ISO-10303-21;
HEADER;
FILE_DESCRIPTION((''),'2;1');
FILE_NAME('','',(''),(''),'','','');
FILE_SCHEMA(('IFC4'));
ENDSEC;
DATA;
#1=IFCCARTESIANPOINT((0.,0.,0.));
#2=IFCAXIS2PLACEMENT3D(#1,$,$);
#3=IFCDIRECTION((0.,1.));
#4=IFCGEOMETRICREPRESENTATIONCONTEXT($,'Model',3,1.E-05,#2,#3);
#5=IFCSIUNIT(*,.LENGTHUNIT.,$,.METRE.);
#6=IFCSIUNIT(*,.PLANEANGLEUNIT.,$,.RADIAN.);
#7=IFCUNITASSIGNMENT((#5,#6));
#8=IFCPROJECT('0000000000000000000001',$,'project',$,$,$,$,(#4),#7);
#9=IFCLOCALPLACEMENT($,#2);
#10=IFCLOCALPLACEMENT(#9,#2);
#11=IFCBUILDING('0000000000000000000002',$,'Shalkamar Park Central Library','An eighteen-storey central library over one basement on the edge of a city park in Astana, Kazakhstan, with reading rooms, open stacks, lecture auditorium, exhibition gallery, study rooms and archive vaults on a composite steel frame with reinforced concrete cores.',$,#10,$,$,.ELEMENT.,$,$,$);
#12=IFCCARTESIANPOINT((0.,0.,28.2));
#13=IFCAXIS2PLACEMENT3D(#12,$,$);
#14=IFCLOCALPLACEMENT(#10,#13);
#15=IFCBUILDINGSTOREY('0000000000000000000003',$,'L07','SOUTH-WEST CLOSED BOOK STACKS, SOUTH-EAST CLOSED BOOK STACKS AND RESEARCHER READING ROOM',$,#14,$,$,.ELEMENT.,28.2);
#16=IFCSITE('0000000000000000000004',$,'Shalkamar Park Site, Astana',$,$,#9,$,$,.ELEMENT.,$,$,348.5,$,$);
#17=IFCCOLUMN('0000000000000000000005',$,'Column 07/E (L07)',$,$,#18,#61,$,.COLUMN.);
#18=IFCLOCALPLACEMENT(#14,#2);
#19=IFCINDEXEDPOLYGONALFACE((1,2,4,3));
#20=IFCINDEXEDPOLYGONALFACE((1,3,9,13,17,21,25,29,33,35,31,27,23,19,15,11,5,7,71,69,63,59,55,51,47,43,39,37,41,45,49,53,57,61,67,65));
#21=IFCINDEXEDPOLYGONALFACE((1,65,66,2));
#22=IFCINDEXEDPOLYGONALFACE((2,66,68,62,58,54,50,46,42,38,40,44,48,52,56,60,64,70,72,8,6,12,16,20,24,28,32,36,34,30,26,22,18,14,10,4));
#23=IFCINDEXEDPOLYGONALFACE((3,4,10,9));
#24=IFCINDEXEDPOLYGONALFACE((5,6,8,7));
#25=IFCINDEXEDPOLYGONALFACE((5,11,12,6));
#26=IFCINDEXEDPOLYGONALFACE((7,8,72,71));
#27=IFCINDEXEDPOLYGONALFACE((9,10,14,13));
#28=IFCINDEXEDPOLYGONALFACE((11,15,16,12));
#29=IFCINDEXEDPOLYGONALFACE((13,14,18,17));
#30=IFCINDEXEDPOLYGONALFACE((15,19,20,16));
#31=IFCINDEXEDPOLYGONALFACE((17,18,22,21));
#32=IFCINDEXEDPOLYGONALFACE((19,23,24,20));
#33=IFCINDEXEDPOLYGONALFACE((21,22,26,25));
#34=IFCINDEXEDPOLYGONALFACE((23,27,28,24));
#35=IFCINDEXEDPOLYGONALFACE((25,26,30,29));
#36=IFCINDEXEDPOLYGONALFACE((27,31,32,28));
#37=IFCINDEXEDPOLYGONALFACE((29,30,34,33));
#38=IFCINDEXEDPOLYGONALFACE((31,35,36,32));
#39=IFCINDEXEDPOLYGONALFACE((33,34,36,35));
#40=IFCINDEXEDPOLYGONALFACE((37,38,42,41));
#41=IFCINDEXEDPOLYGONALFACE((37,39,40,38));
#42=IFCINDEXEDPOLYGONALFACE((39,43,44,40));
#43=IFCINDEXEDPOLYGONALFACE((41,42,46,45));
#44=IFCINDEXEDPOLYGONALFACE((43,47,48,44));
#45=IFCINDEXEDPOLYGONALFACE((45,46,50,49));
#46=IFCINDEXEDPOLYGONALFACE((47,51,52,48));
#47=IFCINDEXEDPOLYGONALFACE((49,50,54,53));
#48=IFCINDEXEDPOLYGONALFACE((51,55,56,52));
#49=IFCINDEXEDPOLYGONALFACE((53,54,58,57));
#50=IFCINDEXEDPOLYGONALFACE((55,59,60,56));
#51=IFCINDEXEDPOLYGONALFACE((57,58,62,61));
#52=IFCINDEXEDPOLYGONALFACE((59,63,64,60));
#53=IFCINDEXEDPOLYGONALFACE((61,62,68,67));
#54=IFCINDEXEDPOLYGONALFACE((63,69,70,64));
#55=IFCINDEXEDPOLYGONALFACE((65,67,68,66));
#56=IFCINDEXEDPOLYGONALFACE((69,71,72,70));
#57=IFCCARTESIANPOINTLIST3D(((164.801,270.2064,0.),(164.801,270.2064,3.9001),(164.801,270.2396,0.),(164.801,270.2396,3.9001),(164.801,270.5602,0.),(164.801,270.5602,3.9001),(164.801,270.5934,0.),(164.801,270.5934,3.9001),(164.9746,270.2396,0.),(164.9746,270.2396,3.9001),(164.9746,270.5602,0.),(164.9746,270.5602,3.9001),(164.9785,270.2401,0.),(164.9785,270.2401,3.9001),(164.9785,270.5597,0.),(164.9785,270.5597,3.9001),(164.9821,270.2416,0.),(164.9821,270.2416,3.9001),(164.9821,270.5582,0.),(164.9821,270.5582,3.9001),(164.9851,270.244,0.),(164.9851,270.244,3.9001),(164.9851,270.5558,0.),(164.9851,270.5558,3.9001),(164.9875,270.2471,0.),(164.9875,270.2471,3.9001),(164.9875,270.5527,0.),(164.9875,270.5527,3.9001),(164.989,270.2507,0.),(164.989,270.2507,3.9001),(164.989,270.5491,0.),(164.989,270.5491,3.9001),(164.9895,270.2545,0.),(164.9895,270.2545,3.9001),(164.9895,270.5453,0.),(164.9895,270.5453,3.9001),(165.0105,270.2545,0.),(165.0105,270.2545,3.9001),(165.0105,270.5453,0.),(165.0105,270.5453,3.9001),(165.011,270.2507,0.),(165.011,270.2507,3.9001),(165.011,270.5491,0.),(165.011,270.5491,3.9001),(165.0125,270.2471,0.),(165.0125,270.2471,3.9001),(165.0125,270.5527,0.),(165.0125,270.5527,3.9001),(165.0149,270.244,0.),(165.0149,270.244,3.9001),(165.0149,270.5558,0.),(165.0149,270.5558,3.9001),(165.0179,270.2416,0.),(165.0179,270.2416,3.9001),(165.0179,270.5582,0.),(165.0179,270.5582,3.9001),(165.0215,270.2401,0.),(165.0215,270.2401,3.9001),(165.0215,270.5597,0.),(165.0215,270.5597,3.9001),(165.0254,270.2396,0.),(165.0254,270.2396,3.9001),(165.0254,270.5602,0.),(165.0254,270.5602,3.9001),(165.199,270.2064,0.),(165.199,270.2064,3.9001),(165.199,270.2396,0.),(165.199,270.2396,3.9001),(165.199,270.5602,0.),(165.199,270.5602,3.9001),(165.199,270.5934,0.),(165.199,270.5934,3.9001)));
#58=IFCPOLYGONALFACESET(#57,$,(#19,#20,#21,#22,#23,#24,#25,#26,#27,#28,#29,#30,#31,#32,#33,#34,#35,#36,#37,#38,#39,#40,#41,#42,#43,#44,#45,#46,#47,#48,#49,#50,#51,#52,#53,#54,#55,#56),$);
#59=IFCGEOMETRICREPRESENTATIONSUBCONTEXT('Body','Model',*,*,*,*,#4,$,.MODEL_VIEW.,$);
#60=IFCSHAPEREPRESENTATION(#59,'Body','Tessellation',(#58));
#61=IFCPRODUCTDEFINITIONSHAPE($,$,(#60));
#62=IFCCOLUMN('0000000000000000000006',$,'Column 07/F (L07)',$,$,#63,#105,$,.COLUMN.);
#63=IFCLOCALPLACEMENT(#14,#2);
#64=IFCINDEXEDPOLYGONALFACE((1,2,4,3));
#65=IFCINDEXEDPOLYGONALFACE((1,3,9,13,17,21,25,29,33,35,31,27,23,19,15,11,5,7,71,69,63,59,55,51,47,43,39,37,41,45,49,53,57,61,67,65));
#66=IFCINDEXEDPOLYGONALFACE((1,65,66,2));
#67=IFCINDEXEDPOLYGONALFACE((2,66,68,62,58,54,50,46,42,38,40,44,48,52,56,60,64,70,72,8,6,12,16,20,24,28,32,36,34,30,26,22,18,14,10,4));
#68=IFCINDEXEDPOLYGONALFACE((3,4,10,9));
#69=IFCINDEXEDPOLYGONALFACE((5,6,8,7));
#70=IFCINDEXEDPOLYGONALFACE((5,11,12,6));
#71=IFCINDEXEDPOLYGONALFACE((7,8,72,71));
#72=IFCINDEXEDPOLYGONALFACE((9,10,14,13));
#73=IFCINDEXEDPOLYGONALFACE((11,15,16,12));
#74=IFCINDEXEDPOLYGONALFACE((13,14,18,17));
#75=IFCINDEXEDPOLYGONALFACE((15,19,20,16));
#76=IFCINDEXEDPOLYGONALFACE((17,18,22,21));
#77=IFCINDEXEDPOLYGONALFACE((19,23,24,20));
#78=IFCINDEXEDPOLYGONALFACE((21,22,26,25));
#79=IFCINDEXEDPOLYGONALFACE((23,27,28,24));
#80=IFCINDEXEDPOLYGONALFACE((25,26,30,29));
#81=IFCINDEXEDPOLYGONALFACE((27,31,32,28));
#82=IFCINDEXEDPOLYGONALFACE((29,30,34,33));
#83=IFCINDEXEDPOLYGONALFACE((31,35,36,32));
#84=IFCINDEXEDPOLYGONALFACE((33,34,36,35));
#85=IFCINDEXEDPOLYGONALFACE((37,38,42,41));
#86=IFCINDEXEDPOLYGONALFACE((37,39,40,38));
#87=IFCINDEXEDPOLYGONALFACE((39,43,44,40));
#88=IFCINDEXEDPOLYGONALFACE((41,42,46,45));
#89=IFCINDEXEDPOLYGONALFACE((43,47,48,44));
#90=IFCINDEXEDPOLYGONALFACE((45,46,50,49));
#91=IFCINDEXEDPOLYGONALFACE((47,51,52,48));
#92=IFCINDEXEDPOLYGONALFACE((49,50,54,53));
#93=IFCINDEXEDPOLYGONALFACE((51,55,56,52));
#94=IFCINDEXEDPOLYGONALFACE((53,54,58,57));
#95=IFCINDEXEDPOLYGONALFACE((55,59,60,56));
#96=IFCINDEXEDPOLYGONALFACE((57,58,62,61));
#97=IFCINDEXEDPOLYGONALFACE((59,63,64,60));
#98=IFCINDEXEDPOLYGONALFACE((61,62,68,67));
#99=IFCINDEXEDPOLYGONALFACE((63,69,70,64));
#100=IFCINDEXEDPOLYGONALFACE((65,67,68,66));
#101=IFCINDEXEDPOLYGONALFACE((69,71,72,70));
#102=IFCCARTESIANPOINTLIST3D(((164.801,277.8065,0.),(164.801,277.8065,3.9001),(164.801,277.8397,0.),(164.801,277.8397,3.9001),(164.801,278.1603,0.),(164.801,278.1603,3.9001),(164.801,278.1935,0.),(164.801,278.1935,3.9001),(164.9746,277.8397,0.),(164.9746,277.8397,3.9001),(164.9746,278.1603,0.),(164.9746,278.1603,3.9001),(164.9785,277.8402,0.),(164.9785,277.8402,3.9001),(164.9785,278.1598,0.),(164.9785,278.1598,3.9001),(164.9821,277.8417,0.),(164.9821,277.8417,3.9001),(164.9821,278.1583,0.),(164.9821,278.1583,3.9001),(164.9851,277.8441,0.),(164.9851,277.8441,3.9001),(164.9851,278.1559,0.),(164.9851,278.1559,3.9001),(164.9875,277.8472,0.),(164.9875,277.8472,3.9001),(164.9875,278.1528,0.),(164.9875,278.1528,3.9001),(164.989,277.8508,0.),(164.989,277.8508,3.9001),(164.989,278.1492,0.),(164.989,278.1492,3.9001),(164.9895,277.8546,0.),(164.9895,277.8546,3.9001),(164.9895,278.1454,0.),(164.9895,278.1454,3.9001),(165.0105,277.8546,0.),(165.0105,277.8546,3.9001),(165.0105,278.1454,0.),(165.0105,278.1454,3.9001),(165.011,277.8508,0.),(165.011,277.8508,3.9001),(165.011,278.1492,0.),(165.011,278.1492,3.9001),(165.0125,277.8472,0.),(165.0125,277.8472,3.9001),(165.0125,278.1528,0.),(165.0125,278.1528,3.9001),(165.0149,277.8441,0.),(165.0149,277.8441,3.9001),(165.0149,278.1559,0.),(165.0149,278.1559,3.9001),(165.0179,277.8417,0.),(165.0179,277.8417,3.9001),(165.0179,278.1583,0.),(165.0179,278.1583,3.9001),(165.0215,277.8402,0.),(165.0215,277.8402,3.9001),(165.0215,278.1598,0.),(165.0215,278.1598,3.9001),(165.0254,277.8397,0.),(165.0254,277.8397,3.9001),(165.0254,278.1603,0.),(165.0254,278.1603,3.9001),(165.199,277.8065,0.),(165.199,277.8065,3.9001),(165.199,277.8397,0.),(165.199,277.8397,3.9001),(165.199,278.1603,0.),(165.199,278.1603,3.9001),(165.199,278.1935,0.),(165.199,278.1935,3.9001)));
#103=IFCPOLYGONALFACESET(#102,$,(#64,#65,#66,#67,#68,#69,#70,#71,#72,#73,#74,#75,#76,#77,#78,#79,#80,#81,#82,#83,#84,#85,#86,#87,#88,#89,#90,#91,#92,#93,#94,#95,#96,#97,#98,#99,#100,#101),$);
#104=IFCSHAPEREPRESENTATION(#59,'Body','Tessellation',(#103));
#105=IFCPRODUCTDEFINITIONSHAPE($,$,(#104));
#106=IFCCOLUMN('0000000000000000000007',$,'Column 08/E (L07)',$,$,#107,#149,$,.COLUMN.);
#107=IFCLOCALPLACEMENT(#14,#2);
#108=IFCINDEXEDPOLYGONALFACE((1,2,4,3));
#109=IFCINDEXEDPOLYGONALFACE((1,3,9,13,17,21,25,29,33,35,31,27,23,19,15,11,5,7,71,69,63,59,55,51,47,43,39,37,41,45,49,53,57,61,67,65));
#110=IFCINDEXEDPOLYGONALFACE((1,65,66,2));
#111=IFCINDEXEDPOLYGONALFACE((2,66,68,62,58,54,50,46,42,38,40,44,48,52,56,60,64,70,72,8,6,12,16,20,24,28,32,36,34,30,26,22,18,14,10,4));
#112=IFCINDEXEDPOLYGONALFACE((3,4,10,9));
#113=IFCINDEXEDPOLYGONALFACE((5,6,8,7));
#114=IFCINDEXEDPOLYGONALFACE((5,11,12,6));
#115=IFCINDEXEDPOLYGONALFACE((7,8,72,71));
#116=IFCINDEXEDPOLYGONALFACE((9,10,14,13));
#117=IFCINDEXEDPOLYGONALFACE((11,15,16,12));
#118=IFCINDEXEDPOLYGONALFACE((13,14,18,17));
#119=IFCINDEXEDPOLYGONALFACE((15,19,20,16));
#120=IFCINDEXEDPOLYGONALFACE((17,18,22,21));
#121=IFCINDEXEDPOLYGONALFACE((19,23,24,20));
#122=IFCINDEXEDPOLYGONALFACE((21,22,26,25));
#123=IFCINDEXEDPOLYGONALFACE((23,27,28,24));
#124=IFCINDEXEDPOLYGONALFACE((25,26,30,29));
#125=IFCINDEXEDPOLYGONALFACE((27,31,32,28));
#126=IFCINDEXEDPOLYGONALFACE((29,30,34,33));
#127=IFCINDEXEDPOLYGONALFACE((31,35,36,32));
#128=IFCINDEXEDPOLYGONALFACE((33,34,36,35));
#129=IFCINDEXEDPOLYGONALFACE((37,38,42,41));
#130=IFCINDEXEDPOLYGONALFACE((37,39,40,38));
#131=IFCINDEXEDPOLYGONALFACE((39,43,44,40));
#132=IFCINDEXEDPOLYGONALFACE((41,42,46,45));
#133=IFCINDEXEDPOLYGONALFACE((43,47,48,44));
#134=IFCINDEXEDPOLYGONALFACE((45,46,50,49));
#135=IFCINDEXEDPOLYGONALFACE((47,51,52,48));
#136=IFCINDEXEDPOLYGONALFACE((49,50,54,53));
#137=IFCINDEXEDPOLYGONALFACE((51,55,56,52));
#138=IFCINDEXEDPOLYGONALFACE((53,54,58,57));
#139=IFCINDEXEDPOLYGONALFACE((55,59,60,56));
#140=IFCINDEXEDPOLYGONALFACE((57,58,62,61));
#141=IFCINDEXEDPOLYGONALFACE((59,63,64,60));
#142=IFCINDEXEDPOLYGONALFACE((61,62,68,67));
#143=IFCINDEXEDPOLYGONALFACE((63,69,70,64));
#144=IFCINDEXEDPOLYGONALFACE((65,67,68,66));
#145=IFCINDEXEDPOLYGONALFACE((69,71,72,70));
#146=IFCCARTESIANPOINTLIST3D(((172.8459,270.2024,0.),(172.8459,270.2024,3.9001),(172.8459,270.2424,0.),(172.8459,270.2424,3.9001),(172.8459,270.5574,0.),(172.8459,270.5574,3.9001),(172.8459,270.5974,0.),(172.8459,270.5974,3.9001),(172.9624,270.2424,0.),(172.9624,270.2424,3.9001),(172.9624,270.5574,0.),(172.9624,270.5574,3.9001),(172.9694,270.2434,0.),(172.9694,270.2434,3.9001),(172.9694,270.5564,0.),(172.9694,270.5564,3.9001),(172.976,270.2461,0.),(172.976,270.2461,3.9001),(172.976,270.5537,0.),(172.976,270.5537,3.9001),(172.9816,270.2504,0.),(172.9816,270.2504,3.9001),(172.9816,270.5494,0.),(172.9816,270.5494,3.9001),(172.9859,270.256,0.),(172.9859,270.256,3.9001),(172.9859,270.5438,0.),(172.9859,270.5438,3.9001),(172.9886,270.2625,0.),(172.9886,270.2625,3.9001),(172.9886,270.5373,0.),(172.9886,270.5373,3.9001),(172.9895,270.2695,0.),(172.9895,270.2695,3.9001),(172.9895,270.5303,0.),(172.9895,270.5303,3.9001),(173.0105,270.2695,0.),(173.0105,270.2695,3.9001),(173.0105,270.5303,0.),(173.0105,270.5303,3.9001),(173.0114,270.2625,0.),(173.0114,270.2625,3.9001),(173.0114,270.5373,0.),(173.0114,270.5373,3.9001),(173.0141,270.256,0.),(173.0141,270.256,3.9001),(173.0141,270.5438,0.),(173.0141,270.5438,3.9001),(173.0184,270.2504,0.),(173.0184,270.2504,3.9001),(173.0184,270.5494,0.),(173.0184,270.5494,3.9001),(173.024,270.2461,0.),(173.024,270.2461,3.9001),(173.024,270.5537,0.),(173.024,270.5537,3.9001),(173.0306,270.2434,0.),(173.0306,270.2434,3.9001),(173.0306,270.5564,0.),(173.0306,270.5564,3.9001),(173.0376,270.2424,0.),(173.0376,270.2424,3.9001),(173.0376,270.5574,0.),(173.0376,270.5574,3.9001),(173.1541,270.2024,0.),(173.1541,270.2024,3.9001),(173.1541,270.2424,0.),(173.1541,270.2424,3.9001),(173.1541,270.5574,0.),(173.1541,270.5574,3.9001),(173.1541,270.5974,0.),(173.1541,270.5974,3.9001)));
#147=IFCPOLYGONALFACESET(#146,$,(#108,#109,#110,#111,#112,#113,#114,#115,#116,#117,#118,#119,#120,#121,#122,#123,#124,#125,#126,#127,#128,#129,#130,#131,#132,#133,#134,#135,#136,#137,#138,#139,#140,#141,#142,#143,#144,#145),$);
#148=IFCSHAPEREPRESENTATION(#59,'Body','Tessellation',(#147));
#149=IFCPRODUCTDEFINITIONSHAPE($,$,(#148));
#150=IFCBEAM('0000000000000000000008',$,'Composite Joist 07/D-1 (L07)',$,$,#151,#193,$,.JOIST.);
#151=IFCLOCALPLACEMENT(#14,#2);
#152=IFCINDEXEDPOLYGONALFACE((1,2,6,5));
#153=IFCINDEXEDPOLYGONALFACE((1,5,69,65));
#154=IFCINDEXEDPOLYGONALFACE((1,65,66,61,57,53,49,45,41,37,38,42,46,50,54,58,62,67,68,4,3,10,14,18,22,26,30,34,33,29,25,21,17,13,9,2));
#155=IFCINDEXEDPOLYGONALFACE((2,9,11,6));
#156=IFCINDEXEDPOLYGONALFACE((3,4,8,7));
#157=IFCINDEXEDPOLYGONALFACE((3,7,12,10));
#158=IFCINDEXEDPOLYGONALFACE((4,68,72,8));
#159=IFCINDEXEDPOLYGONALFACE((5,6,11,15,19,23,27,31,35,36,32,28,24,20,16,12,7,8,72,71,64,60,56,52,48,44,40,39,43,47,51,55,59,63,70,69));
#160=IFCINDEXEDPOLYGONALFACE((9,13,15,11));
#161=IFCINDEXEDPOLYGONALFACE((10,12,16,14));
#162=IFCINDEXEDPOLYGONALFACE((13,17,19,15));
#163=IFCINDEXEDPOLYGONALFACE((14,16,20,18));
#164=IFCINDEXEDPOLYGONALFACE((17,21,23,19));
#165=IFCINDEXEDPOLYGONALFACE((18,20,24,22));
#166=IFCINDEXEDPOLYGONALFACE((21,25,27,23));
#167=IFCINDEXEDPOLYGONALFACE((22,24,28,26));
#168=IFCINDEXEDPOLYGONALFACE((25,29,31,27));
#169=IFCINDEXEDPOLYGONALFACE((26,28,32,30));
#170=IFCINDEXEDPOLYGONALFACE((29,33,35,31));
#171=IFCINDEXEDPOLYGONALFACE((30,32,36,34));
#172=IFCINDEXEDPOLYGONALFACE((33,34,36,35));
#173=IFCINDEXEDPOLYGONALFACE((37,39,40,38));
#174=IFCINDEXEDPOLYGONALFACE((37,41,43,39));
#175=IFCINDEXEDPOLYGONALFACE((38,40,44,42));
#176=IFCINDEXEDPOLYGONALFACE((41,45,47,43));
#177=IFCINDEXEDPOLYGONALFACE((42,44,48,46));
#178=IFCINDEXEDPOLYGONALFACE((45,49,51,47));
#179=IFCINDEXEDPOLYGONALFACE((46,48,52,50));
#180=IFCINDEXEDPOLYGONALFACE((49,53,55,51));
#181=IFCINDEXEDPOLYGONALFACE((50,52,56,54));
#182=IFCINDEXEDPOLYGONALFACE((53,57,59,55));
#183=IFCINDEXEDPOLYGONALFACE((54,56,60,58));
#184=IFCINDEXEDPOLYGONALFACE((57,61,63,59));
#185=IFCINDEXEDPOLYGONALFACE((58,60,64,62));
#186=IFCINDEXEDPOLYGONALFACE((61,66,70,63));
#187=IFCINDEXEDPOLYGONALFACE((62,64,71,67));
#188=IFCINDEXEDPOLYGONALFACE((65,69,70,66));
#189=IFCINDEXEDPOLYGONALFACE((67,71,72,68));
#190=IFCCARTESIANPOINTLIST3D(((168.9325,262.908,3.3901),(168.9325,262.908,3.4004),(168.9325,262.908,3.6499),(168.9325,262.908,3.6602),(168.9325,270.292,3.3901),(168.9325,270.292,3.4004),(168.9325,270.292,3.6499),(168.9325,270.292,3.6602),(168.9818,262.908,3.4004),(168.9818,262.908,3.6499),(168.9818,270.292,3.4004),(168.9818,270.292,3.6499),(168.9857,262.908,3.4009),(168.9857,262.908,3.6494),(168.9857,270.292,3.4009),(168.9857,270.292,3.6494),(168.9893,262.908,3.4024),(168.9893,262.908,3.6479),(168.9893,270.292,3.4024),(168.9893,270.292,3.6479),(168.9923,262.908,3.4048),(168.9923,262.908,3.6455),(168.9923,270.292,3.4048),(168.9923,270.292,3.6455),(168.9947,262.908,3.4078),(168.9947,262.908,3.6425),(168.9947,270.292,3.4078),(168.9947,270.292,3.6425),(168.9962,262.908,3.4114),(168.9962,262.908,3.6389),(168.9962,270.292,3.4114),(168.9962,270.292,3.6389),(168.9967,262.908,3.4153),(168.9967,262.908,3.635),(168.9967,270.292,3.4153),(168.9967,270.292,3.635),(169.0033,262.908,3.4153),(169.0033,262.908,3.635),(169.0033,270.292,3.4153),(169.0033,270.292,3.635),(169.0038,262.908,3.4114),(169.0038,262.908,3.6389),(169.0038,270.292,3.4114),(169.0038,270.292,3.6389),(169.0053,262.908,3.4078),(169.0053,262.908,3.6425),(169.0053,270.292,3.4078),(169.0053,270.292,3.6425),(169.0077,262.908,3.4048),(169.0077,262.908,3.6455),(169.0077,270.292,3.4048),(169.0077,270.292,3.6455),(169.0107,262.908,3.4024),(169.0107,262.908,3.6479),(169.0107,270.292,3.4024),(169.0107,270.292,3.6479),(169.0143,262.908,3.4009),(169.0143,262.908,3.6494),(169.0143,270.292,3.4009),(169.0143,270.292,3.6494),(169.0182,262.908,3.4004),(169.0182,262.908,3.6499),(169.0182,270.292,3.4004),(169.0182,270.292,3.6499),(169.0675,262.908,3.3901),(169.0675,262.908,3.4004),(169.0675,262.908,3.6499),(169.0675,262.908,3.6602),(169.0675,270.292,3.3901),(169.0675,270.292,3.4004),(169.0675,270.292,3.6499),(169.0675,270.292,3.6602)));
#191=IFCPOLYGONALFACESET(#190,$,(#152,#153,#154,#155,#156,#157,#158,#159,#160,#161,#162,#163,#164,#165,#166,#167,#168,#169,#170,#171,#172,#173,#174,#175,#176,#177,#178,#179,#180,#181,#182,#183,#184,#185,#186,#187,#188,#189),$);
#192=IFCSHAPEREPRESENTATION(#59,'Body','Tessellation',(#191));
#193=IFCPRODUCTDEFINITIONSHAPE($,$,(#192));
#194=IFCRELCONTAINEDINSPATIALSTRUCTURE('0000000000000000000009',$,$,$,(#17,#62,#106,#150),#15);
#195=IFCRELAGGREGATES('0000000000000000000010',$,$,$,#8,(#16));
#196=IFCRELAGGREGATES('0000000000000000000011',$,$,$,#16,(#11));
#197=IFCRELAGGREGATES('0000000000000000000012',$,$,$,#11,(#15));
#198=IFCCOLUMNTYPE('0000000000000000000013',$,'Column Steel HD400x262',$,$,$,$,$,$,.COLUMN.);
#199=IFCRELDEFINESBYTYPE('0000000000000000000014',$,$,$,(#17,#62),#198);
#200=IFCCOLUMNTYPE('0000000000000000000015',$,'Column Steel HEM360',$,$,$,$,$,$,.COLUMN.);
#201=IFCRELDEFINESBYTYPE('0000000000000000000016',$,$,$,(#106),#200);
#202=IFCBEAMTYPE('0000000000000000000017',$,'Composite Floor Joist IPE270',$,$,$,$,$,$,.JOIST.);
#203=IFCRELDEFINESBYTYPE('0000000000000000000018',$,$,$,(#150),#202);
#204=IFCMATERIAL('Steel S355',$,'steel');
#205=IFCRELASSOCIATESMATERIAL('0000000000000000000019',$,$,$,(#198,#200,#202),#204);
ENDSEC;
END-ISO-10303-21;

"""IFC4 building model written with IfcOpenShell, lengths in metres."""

from ifc_helpers import new_model, si_unit, direction, frame, origin, origin_2d, place, context, subcontext, project, spatial, i_section, extrude, material, material_profile, profile_set, type_object, element, save


model = new_model("IFC4")

# Units and contexts
model_context = context("Model", 3, precision=1e-05, world=origin(), true_north=direction((0.0, 1.0)))
body_context = subcontext(model_context, "Body", "Model", "MODEL_VIEW")
ifc_project = project(units=[si_unit("LENGTHUNIT", "METRE"), si_unit("PLANEANGLEUNIT", "RADIAN")], contexts=[model_context])

# Site, building, storey
site_placement = place(None, origin())
site = spatial("IfcSite", under=ifc_project, at=site_placement, Name="Shalkamar Park Site, Astana", CompositionType="ELEMENT", RefElevation=348.5)
building_placement = place(site_placement, origin())
building = spatial("IfcBuilding", under=site, at=building_placement, Name="Shalkamar Park Central Library", Description="An eighteen-storey central library over one basement on the edge of a city park in Astana, Kazakhstan, with reading rooms, open stacks, lecture auditorium, exhibition gallery, study rooms and archive vaults on a composite steel frame with reinforced concrete cores.", CompositionType="ELEMENT")
storey_placement = place(building_placement, frame((0.0, 0.0, 28.2)))
storey = spatial("IfcBuildingStorey", under=building, at=storey_placement, Name="L07", Description="SOUTH-WEST CLOSED BOOK STACKS, SOUTH-EAST CLOSED BOOK STACKS AND RESEARCHER READING ROOM", CompositionType="ELEMENT", Elevation=28.2)

# Columns
ifc_material_1 = material(Name="Steel S355", Category="steel")
ifc_material_profile_1 = material_profile(ifc_material_1, i_section(OverallWidth=0.3979, OverallDepth=0.387, WebThickness=0.021, FlangeThickness=0.0332, FilletRadius=0.0149, at=origin_2d()), Name="HD 400x262")
ifc_profile_set_1 = profile_set([ifc_material_profile_1], Name="Steel S355")
column_type_1 = type_object("IfcColumnType", Name="Column Steel HD400x262", PredefinedType="COLUMN", material=ifc_profile_set_1)
for number, where, z_axis, x_axis, name in (
    (1, (165.0, 270.3999, 0.0), (0.0, 0.0, 1.0), (1.0, 0.0, 0.0), "Column 07/E (L07)"),
    (2, (165.0, 278.0, 0.0), (0.0, 0.0, 1.0), (1.0, 0.0, 0.0), "Column 07/F (L07)"),
):
    element("IfcColumn", number, at=place(storey_placement, frame(where, z_axis=z_axis, x_axis=x_axis)), inside=storey, type_object=column_type_1, Name=name, PredefinedType="COLUMN", context=body_context, shape_type="SweptSolid", body=[
        extrude(i_section(OverallWidth=0.3979, OverallDepth=0.387, WebThickness=0.021, FlangeThickness=0.0332, FilletRadius=0.0149, at=origin_2d()), origin(), (0.0, 0.0, 1.0), 3.9001),
    ])
ifc_material_profile_2 = material_profile(ifc_material_1, i_section(OverallWidth=0.3081, OverallDepth=0.395, WebThickness=0.021, FlangeThickness=0.04, FilletRadius=0.0271, at=origin_2d()), Name="HEM 360")
ifc_profile_set_2 = profile_set([ifc_material_profile_2], Name="Steel S355")
column_type_2 = type_object("IfcColumnType", Name="Column Steel HEM360", PredefinedType="COLUMN", material=ifc_profile_set_2)
column_placement = place(storey_placement, frame((173.0, 270.3999, 0.0), z_axis=(0.0, 0.0, 1.0), x_axis=(1.0, 0.0, 0.0)))
element("IfcColumn", 3, at=column_placement, inside=storey, type_object=column_type_2, Name="Column 08/E (L07)", PredefinedType="COLUMN", context=body_context, shape_type="SweptSolid", body=[
    extrude(i_section(OverallWidth=0.3081, OverallDepth=0.395, WebThickness=0.021, FlangeThickness=0.04, FilletRadius=0.0271, at=origin_2d()), origin(), (0.0, 0.0, 1.0), 3.9001),
])

# Beam
ifc_material_profile_3 = material_profile(ifc_material_1, i_section(OverallWidth=0.135, OverallDepth=0.27, WebThickness=0.0066, FlangeThickness=0.0103, FilletRadius=0.0149, at=origin_2d()), Name="IPE 270")
ifc_profile_set_3 = profile_set([ifc_material_profile_3], Name="Steel S355")
beam_type_1 = type_object("IfcBeamType", Name="Composite Floor Joist IPE270", PredefinedType="JOIST", material=ifc_profile_set_3)
for number, where, z_axis, x_axis, name in (
    (4, (169.0, 262.908, 3.5251), (0.0, 1.0, 0.0), (-1.0, 0.0, 0.0), "Composite Joist 07/D-1 (L07)"),
):
    element("IfcBeam", number, at=place(storey_placement, frame(where, z_axis=z_axis, x_axis=x_axis)), inside=storey, type_object=beam_type_1, Name=name, PredefinedType="JOIST", context=body_context, shape_type="SweptSolid", body=[
        extrude(i_section(OverallWidth=0.135, OverallDepth=0.27, WebThickness=0.0066, FlangeThickness=0.0103, FilletRadius=0.0149, at=origin_2d()), origin(), (0.0, 0.0, 1.0), 7.384),
    ])

save(model, "model.ifc")
